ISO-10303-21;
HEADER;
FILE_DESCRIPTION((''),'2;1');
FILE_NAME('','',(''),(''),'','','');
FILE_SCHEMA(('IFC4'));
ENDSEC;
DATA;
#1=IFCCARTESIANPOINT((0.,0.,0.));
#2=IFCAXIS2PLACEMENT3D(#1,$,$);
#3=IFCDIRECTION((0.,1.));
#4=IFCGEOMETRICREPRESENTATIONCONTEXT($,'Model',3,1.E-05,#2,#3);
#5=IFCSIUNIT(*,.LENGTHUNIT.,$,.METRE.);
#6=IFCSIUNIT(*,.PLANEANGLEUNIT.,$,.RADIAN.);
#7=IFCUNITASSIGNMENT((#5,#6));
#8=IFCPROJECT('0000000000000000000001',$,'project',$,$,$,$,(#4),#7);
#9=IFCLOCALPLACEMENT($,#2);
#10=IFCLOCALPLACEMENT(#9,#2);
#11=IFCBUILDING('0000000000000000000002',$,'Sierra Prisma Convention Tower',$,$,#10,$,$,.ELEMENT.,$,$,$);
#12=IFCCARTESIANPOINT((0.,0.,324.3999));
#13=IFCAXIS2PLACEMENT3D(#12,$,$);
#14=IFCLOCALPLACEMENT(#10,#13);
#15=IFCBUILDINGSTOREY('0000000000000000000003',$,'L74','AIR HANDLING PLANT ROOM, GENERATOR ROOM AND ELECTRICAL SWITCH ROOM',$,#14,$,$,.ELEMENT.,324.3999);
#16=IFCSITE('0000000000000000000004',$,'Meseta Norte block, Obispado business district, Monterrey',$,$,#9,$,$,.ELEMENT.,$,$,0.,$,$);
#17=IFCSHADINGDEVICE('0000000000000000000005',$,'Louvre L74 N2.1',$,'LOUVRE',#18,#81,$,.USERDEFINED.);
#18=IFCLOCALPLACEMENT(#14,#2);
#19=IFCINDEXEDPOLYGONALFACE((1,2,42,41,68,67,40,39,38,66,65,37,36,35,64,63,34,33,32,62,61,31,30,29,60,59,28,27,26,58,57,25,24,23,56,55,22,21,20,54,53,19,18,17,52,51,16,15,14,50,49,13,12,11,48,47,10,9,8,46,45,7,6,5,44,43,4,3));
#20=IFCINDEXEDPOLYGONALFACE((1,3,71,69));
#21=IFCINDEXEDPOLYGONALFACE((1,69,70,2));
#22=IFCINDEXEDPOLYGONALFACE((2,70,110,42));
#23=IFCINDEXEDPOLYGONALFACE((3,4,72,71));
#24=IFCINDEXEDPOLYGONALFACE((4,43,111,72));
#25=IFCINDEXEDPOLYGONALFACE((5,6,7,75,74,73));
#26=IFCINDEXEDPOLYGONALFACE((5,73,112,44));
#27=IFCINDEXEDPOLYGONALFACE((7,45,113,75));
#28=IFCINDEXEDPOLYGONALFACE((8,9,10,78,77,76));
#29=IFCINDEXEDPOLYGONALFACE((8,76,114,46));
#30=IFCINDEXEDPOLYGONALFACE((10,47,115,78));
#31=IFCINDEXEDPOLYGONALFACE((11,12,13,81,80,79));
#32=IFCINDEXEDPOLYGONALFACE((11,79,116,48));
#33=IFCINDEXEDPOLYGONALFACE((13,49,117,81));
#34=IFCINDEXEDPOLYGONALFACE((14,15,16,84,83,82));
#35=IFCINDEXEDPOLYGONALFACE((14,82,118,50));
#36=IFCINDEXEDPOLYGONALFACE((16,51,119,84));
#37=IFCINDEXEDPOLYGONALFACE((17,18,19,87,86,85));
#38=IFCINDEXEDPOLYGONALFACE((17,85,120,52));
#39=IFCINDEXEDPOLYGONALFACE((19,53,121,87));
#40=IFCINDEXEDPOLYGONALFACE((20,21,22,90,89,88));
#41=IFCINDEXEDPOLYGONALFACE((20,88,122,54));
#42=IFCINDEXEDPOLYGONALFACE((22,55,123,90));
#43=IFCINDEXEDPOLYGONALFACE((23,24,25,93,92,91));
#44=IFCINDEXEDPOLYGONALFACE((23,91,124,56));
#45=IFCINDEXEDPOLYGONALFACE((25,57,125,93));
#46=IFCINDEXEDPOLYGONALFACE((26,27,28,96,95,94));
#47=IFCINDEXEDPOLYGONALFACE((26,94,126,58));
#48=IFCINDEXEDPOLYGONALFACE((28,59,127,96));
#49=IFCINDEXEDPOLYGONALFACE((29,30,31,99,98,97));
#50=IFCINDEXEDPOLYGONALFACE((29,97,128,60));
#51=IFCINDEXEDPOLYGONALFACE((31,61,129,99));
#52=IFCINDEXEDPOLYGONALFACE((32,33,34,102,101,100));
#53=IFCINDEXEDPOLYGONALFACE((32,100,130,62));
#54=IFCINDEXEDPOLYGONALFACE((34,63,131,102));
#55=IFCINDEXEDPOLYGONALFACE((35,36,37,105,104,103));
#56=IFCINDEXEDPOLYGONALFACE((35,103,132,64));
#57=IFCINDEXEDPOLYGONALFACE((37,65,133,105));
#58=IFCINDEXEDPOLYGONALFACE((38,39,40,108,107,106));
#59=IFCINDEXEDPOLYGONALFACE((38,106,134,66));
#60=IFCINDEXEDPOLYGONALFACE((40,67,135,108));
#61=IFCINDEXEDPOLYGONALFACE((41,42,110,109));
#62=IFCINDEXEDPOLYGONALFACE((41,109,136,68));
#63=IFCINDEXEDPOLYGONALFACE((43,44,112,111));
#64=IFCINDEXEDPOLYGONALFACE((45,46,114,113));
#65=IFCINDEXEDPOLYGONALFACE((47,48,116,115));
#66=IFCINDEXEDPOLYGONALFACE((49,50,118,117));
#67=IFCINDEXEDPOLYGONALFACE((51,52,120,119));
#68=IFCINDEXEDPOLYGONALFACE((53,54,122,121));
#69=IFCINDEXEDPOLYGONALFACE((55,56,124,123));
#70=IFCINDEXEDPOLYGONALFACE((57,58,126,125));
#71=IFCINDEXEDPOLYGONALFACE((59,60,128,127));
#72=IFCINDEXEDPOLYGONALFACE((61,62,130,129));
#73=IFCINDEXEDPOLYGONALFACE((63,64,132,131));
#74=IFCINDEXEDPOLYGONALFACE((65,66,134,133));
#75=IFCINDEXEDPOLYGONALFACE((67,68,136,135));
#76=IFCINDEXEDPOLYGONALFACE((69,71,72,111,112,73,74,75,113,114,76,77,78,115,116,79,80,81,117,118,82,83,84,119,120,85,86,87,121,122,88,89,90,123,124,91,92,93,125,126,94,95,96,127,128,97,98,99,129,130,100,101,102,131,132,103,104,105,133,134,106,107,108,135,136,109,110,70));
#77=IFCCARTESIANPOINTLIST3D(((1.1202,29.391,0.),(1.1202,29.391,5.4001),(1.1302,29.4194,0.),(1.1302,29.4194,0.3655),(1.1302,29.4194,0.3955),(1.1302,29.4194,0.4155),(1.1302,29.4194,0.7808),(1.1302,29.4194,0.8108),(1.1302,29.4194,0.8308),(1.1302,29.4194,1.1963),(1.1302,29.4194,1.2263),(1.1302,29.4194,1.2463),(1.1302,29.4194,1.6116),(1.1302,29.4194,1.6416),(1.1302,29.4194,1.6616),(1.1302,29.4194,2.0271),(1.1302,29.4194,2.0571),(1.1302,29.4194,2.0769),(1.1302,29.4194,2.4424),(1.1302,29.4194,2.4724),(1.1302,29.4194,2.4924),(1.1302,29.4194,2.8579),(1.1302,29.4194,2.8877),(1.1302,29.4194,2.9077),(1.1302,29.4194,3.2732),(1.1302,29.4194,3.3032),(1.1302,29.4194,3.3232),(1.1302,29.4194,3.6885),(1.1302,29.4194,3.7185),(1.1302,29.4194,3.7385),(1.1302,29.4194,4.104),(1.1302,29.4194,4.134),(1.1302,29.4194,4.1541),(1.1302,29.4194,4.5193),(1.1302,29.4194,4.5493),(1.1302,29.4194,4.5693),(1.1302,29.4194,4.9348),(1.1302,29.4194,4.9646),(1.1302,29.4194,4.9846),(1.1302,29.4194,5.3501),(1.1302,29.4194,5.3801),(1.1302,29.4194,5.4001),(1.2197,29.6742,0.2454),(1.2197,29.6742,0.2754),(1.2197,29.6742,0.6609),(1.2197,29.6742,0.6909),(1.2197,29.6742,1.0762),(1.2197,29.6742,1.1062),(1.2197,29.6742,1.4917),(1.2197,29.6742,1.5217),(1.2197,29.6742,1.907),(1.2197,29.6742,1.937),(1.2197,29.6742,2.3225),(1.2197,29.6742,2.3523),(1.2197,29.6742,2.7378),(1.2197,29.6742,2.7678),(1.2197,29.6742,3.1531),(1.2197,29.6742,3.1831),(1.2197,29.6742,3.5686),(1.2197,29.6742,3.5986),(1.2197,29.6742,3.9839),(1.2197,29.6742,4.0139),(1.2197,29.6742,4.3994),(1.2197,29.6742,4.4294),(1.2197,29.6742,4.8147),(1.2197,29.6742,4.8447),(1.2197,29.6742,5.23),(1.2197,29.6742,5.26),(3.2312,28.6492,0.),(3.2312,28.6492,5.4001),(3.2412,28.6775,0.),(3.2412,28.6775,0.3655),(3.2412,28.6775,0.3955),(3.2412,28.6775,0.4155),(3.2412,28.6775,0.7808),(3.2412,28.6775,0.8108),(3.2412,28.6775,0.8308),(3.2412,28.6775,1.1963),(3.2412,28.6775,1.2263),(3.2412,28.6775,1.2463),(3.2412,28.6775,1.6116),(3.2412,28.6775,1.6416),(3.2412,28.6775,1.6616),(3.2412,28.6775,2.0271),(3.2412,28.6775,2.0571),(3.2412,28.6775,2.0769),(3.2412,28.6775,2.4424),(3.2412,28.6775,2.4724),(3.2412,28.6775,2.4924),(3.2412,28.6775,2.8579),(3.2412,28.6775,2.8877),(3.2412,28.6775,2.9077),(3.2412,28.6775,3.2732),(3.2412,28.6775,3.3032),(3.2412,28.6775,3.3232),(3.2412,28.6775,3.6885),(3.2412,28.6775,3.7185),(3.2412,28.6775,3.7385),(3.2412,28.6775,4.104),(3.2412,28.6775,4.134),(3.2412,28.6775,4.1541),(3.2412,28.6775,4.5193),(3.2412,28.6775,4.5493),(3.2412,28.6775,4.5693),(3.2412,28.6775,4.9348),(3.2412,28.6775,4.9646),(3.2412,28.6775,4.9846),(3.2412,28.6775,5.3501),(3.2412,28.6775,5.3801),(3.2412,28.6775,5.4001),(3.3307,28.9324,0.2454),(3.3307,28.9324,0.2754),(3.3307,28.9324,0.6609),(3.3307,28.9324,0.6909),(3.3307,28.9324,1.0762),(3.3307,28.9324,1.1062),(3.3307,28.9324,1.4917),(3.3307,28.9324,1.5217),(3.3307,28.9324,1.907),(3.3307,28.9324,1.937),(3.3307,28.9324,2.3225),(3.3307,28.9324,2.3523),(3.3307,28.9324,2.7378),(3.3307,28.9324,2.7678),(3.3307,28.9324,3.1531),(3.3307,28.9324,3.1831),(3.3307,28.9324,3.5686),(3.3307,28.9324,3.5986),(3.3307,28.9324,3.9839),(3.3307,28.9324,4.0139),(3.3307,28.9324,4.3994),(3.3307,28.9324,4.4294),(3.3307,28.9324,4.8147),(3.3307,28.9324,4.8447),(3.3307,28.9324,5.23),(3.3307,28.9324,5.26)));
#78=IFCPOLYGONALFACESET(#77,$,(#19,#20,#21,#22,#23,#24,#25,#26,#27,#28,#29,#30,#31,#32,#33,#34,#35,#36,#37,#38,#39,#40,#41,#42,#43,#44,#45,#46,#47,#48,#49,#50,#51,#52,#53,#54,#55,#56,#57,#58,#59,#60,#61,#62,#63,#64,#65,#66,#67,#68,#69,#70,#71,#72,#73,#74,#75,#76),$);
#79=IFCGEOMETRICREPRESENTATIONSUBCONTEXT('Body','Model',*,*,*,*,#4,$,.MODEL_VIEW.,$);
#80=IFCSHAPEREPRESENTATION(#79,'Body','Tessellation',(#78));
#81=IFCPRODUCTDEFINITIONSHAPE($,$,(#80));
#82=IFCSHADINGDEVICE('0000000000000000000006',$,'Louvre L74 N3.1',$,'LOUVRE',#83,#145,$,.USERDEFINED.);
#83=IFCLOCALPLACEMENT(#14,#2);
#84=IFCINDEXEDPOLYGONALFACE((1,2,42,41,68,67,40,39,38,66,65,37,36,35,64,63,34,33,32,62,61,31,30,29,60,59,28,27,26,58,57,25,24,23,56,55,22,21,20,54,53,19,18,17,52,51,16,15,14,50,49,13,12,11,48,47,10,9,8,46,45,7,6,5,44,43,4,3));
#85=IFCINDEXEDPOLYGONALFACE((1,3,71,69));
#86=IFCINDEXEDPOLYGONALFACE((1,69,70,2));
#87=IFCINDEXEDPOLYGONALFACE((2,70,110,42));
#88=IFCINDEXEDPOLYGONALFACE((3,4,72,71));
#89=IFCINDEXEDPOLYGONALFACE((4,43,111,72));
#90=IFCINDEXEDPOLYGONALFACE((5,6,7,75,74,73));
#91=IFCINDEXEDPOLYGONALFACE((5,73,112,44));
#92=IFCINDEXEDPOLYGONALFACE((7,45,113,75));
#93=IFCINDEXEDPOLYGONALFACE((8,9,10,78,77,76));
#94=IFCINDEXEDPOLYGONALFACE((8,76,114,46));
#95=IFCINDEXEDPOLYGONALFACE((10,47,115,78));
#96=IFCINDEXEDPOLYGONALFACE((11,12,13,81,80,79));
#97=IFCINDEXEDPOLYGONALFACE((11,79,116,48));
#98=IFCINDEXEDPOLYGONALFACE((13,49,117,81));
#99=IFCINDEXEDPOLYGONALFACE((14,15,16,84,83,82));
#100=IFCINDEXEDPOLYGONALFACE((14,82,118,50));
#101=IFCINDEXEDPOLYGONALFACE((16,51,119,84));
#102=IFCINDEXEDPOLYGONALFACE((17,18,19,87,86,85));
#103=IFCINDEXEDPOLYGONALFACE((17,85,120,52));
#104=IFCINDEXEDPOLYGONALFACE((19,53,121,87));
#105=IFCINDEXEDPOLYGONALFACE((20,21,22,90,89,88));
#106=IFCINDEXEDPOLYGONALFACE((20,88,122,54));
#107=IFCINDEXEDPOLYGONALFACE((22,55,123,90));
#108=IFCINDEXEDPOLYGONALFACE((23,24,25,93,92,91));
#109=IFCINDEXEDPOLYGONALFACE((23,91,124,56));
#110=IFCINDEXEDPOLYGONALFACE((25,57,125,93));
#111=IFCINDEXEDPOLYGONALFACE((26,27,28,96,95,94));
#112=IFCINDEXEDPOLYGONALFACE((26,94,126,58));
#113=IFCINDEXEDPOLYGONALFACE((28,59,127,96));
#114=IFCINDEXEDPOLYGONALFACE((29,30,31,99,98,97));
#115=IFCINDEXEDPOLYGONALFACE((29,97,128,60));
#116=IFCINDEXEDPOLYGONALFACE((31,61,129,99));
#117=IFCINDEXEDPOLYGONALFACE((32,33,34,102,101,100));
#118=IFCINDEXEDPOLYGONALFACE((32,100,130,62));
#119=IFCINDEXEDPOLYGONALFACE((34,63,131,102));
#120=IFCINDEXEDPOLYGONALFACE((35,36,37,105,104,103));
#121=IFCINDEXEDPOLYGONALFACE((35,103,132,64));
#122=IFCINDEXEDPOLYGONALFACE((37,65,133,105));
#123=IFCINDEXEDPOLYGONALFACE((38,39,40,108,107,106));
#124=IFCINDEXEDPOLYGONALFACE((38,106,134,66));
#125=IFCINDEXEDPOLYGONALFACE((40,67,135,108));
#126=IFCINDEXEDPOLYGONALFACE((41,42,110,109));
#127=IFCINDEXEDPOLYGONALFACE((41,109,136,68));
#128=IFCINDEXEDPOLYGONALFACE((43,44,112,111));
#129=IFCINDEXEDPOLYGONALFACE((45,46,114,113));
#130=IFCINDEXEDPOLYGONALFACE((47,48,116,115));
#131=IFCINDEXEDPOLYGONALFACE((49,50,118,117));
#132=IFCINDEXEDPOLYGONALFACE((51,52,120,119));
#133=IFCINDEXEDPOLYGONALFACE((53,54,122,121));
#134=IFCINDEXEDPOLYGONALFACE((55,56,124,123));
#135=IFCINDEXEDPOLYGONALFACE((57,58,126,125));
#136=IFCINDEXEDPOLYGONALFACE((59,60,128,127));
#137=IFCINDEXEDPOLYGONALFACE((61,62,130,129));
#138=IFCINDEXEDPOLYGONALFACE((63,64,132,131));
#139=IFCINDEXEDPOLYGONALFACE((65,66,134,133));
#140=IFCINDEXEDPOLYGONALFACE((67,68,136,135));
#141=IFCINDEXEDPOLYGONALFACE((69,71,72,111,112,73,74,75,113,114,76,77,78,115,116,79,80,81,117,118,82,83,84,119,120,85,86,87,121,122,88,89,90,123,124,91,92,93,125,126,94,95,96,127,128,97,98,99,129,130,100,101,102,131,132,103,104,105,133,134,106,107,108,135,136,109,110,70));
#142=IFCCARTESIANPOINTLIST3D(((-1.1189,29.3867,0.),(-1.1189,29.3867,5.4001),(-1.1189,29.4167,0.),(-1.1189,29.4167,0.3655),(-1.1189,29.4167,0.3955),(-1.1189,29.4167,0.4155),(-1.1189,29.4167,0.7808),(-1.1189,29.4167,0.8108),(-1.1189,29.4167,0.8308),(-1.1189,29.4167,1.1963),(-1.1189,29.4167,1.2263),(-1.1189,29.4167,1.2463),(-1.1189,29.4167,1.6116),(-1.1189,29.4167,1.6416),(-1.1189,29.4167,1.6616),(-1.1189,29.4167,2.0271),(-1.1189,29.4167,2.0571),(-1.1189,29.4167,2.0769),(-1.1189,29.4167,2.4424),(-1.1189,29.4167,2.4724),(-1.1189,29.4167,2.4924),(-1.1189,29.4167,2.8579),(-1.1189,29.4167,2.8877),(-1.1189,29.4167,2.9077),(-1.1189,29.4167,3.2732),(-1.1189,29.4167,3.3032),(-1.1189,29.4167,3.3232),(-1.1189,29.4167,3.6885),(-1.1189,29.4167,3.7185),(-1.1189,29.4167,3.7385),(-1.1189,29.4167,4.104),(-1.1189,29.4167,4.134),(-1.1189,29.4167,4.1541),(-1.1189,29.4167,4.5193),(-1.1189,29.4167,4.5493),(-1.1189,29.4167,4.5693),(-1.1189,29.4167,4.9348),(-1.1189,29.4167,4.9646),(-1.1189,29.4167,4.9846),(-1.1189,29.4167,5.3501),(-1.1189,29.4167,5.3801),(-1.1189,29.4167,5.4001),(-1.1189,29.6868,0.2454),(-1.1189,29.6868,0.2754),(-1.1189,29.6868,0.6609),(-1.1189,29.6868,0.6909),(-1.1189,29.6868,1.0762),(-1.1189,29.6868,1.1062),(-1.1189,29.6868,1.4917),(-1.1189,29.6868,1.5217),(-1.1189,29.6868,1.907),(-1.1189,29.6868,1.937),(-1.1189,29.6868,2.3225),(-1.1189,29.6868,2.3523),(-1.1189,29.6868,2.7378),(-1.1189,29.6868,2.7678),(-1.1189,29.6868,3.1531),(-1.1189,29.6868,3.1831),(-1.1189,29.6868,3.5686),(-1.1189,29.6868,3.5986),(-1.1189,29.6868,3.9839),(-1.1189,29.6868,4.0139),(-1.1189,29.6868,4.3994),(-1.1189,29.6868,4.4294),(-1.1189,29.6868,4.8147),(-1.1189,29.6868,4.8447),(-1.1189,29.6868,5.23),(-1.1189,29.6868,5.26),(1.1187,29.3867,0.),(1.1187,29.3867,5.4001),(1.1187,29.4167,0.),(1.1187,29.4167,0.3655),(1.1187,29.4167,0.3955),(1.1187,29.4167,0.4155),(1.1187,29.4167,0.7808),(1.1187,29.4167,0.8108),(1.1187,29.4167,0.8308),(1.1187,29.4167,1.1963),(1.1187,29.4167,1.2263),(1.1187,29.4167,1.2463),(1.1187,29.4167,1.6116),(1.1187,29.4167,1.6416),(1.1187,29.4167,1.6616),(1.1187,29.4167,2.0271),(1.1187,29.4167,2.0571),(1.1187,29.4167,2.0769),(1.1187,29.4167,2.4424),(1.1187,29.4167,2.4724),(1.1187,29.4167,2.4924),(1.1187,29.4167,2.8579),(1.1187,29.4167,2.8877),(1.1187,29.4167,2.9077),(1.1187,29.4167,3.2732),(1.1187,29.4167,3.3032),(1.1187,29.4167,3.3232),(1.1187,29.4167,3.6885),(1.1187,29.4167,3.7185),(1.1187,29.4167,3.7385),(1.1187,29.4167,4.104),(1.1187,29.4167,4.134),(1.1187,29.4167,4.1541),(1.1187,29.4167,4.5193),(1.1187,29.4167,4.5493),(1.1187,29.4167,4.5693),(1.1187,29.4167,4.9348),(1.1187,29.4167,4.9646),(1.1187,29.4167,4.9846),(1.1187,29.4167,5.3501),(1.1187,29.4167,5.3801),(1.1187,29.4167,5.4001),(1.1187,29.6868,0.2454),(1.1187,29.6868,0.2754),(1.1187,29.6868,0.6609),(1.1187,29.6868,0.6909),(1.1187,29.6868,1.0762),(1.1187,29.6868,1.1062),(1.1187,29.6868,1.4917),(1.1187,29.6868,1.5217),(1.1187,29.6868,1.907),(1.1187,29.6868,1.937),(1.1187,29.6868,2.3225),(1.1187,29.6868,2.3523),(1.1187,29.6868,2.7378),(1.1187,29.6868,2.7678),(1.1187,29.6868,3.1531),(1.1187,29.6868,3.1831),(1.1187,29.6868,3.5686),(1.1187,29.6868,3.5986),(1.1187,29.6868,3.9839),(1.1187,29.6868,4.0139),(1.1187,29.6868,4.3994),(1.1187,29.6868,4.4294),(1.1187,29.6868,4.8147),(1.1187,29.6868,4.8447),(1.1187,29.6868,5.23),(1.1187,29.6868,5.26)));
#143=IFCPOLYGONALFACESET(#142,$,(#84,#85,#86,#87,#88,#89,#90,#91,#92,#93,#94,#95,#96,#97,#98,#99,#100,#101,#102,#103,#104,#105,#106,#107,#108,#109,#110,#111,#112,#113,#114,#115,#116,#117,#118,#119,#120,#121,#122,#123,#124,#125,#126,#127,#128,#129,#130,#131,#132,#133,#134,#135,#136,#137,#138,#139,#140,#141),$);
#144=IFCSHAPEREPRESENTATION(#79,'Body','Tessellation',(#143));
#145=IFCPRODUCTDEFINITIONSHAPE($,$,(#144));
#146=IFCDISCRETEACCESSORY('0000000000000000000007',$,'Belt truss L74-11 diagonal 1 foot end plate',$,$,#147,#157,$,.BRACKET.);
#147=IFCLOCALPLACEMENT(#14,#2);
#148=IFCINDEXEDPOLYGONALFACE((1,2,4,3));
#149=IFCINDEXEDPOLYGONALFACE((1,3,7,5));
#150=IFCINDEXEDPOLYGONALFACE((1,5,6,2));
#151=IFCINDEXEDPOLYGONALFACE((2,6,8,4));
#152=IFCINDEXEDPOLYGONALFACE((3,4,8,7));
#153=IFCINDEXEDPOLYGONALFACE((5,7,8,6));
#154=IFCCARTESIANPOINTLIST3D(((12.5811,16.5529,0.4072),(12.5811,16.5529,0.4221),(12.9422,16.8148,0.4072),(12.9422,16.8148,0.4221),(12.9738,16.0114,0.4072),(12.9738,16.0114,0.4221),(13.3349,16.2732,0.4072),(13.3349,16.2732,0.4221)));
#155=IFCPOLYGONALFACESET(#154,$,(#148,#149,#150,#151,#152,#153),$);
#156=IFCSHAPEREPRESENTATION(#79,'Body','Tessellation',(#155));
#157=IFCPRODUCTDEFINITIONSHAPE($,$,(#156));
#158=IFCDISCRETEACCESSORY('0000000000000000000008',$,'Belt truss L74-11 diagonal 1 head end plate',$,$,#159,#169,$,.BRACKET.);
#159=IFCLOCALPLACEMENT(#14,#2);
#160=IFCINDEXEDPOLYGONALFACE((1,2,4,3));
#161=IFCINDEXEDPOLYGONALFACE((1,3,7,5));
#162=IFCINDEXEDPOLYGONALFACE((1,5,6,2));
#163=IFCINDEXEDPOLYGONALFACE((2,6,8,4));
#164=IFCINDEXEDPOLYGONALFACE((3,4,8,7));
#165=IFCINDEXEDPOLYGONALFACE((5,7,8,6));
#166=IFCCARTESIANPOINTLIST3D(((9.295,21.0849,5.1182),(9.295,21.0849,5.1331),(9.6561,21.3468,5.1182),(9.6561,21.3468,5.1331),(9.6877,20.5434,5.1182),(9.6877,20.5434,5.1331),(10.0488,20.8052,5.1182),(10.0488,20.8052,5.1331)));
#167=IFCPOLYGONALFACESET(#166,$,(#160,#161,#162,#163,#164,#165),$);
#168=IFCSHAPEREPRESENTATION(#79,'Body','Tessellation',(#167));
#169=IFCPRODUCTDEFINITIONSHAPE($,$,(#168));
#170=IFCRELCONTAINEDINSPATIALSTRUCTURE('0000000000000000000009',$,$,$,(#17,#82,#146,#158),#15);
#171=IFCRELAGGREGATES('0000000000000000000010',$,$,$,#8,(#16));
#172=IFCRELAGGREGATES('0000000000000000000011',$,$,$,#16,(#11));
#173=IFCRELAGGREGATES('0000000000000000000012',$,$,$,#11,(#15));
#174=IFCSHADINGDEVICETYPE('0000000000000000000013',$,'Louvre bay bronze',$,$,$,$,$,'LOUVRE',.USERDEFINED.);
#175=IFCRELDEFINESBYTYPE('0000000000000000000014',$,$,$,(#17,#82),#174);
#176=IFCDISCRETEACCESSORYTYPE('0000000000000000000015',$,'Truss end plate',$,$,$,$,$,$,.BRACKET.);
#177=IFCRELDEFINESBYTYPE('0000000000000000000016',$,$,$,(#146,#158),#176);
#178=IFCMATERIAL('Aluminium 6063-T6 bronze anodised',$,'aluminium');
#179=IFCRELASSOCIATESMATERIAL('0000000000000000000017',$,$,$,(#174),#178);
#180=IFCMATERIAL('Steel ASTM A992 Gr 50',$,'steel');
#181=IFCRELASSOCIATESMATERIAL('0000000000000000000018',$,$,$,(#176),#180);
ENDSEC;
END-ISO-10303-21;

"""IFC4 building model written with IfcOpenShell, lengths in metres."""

from ifc_helpers import new_model, si_unit, direction, frame, origin, origin_2d, place, context, subcontext, project, spatial, polyline, rectangle, outline, extrude, material, type_object, element, save


model = new_model("IFC4")

# Units and contexts
model_context = context("Model", 3, precision=1e-05, world=origin(), true_north=direction((0.0, 1.0)))
body_context = subcontext(model_context, "Body", "Model", "MODEL_VIEW")
ifc_project = project(units=[si_unit("LENGTHUNIT", "METRE"), si_unit("PLANEANGLEUNIT", "RADIAN")], contexts=[model_context])

# Site, building, storey
site_placement = place(None, origin())
site = spatial("IfcSite", under=ifc_project, at=site_placement, Name="Meseta Norte block, Obispado business district, Monterrey", CompositionType="ELEMENT", RefElevation=0.0)
building_placement = place(site_placement, origin())
building = spatial("IfcBuilding", under=site, at=building_placement, Name="Sierra Prisma Convention Tower", CompositionType="ELEMENT")
storey_placement = place(building_placement, frame((0.0, 0.0, 324.3999)))
storey = spatial("IfcBuildingStorey", under=building, at=storey_placement, Name="L74", Description="AIR HANDLING PLANT ROOM, GENERATOR ROOM AND ELECTRICAL SWITCH ROOM", CompositionType="ELEMENT", Elevation=324.3999)

# Shading devices
ifc_material_1 = material(Name="Aluminium 6063-T6 bronze anodised", Category="aluminium")
shading_device_type = type_object("IfcShadingDeviceType", Name="Louvre bay bronze", ElementType="LOUVRE", PredefinedType="USERDEFINED", material=ifc_material_1)
shading_device_1_placement = place(storey_placement, frame((3.2312, 28.6492, 0.0), z_axis=(0.943437, -0.331551, 0.0), x_axis=(0.0, 0.0, 1.0)))
element("IfcShadingDevice", 1, at=shading_device_1_placement, inside=storey, type_object=shading_device_type, Name="Louvre L74 N2.1", ObjectType="LOUVRE", PredefinedType="USERDEFINED", context=body_context, shape_type="SweptSolid", body=[
    extrude(outline(polyline([(0.0, 0.0), (5.4001, 0.0), (5.4001, -0.03), (5.3801, -0.03), (5.26, -0.3002), (5.23, -0.3002), (5.3501, -0.03), (4.9846, -0.03), (4.9646, -0.03), (4.8447, -0.3002), (4.8147, -0.3002), (4.9348, -0.03), (4.5693, -0.03), (4.5493, -0.03), (4.4294, -0.3002), (4.3994, -0.3002), (4.5193, -0.03), (4.1541, -0.03), (4.134, -0.03), (4.0139, -0.3002), (3.9839, -0.3002), (4.104, -0.03), (3.7385, -0.03), (3.7185, -0.03), (3.5986, -0.3002), (3.5686, -0.3002), (3.6885, -0.03), (3.3232, -0.03), (3.3032, -0.03), (3.1831, -0.3002), (3.1531, -0.3002), (3.2732, -0.03), (2.9077, -0.03), (2.8877, -0.03), (2.7678, -0.3002), (2.7378, -0.3002), (2.8579, -0.03), (2.4924, -0.03), (2.4724, -0.03), (2.3523, -0.3002), (2.3225, -0.3002), (2.4424, -0.03), (2.0769, -0.03), (2.0571, -0.03), (1.937, -0.3002), (1.907, -0.3002), (2.0271, -0.03), (1.6616, -0.03), (1.6416, -0.03), (1.5217, -0.3002), (1.4917, -0.3002), (1.6116, -0.03), (1.2463, -0.03), (1.2263, -0.03), (1.1062, -0.3002), (1.0762, -0.3002), (1.1963, -0.03), (0.8308, -0.03), (0.8108, -0.03), (0.6909, -0.3002), (0.6609, -0.3002), (0.7808, -0.03), (0.4155, -0.03), (0.3955, -0.03), (0.2754, -0.3002), (0.2454, -0.3002), (0.3655, -0.03), (0.0, -0.03), (0.0, 0.0)])), origin(), (0.0, 0.0, -1.0), 2.2375),
])
shading_device_2_placement = place(storey_placement, frame((1.1187, 29.3867, 0.0), z_axis=(1.0, 0.0, 0.0), x_axis=(0.0, 0.0, 1.0)))
element("IfcShadingDevice", 2, at=shading_device_2_placement, inside=storey, type_object=shading_device_type, Name="Louvre L74 N3.1", ObjectType="LOUVRE", PredefinedType="USERDEFINED", context=body_context, shape_type="SweptSolid", body=[
    extrude(outline(polyline([(0.0, 0.0), (5.4001, 0.0), (5.4001, -0.03), (5.3801, -0.03), (5.26, -0.3), (5.23, -0.3), (5.3501, -0.03), (4.9846, -0.03), (4.9646, -0.03), (4.8447, -0.3), (4.8147, -0.3), (4.9348, -0.03), (4.5693, -0.03), (4.5493, -0.03), (4.4294, -0.3), (4.3994, -0.3), (4.5193, -0.03), (4.1541, -0.03), (4.134, -0.03), (4.0139, -0.3), (3.9839, -0.3), (4.104, -0.03), (3.7385, -0.03), (3.7185, -0.03), (3.5986, -0.3), (3.5686, -0.3), (3.6885, -0.03), (3.3232, -0.03), (3.3032, -0.03), (3.1831, -0.3), (3.1531, -0.3), (3.2732, -0.03), (2.9077, -0.03), (2.8877, -0.03), (2.7678, -0.3), (2.7378, -0.3), (2.8579, -0.03), (2.4924, -0.03), (2.4724, -0.03), (2.3523, -0.3), (2.3225, -0.3), (2.4424, -0.03), (2.0769, -0.03), (2.0571, -0.03), (1.937, -0.3), (1.907, -0.3), (2.0271, -0.03), (1.6616, -0.03), (1.6416, -0.03), (1.5217, -0.3), (1.4917, -0.3), (1.6116, -0.03), (1.2463, -0.03), (1.2263, -0.03), (1.1062, -0.3), (1.0762, -0.3), (1.1963, -0.03), (0.8308, -0.03), (0.8108, -0.03), (0.6909, -0.3), (0.6609, -0.3), (0.7808, -0.03), (0.4155, -0.03), (0.3955, -0.03), (0.2754, -0.3), (0.2454, -0.3), (0.3655, -0.03), (0.0, -0.03), (0.0, 0.0)])), origin(), (0.0, 0.0, -1.0), 2.2375),
])

# Discrete accessories
ifc_material_2 = material(Name="Steel ASTM A992 Gr 50", Category="steel")
discrete_accessory_type = type_object("IfcDiscreteAccessoryType", Name="Truss end plate", PredefinedType="BRACKET", material=ifc_material_2)
for number, where, z_axis, x_axis, name in (
    (3, (12.958, 16.4131, 0.4072), (0.0, 0.0, 1.0), (-0.58703, 0.809565, 0.0), "Belt truss L74-11 diagonal 1 foot end plate"),
    (4, (9.6719, 20.9451, 5.1182), (0.0, 0.0, 1.0), (-0.58703, 0.809565, 0.0), "Belt truss L74-11 diagonal 1 head end plate"),
):
    element("IfcDiscreteAccessory", number, at=place(storey_placement, frame(where, z_axis=z_axis, x_axis=x_axis)), inside=storey, type_object=discrete_accessory_type, Name=name, PredefinedType="BRACKET", context=body_context, shape_type="SweptSolid", body=[
        extrude(rectangle(XDim=0.6689, YDim=0.446, at=origin_2d()), origin(), (0.0, 0.0, 1.0), 0.0149),
    ])

save(model, "model.ifc")
